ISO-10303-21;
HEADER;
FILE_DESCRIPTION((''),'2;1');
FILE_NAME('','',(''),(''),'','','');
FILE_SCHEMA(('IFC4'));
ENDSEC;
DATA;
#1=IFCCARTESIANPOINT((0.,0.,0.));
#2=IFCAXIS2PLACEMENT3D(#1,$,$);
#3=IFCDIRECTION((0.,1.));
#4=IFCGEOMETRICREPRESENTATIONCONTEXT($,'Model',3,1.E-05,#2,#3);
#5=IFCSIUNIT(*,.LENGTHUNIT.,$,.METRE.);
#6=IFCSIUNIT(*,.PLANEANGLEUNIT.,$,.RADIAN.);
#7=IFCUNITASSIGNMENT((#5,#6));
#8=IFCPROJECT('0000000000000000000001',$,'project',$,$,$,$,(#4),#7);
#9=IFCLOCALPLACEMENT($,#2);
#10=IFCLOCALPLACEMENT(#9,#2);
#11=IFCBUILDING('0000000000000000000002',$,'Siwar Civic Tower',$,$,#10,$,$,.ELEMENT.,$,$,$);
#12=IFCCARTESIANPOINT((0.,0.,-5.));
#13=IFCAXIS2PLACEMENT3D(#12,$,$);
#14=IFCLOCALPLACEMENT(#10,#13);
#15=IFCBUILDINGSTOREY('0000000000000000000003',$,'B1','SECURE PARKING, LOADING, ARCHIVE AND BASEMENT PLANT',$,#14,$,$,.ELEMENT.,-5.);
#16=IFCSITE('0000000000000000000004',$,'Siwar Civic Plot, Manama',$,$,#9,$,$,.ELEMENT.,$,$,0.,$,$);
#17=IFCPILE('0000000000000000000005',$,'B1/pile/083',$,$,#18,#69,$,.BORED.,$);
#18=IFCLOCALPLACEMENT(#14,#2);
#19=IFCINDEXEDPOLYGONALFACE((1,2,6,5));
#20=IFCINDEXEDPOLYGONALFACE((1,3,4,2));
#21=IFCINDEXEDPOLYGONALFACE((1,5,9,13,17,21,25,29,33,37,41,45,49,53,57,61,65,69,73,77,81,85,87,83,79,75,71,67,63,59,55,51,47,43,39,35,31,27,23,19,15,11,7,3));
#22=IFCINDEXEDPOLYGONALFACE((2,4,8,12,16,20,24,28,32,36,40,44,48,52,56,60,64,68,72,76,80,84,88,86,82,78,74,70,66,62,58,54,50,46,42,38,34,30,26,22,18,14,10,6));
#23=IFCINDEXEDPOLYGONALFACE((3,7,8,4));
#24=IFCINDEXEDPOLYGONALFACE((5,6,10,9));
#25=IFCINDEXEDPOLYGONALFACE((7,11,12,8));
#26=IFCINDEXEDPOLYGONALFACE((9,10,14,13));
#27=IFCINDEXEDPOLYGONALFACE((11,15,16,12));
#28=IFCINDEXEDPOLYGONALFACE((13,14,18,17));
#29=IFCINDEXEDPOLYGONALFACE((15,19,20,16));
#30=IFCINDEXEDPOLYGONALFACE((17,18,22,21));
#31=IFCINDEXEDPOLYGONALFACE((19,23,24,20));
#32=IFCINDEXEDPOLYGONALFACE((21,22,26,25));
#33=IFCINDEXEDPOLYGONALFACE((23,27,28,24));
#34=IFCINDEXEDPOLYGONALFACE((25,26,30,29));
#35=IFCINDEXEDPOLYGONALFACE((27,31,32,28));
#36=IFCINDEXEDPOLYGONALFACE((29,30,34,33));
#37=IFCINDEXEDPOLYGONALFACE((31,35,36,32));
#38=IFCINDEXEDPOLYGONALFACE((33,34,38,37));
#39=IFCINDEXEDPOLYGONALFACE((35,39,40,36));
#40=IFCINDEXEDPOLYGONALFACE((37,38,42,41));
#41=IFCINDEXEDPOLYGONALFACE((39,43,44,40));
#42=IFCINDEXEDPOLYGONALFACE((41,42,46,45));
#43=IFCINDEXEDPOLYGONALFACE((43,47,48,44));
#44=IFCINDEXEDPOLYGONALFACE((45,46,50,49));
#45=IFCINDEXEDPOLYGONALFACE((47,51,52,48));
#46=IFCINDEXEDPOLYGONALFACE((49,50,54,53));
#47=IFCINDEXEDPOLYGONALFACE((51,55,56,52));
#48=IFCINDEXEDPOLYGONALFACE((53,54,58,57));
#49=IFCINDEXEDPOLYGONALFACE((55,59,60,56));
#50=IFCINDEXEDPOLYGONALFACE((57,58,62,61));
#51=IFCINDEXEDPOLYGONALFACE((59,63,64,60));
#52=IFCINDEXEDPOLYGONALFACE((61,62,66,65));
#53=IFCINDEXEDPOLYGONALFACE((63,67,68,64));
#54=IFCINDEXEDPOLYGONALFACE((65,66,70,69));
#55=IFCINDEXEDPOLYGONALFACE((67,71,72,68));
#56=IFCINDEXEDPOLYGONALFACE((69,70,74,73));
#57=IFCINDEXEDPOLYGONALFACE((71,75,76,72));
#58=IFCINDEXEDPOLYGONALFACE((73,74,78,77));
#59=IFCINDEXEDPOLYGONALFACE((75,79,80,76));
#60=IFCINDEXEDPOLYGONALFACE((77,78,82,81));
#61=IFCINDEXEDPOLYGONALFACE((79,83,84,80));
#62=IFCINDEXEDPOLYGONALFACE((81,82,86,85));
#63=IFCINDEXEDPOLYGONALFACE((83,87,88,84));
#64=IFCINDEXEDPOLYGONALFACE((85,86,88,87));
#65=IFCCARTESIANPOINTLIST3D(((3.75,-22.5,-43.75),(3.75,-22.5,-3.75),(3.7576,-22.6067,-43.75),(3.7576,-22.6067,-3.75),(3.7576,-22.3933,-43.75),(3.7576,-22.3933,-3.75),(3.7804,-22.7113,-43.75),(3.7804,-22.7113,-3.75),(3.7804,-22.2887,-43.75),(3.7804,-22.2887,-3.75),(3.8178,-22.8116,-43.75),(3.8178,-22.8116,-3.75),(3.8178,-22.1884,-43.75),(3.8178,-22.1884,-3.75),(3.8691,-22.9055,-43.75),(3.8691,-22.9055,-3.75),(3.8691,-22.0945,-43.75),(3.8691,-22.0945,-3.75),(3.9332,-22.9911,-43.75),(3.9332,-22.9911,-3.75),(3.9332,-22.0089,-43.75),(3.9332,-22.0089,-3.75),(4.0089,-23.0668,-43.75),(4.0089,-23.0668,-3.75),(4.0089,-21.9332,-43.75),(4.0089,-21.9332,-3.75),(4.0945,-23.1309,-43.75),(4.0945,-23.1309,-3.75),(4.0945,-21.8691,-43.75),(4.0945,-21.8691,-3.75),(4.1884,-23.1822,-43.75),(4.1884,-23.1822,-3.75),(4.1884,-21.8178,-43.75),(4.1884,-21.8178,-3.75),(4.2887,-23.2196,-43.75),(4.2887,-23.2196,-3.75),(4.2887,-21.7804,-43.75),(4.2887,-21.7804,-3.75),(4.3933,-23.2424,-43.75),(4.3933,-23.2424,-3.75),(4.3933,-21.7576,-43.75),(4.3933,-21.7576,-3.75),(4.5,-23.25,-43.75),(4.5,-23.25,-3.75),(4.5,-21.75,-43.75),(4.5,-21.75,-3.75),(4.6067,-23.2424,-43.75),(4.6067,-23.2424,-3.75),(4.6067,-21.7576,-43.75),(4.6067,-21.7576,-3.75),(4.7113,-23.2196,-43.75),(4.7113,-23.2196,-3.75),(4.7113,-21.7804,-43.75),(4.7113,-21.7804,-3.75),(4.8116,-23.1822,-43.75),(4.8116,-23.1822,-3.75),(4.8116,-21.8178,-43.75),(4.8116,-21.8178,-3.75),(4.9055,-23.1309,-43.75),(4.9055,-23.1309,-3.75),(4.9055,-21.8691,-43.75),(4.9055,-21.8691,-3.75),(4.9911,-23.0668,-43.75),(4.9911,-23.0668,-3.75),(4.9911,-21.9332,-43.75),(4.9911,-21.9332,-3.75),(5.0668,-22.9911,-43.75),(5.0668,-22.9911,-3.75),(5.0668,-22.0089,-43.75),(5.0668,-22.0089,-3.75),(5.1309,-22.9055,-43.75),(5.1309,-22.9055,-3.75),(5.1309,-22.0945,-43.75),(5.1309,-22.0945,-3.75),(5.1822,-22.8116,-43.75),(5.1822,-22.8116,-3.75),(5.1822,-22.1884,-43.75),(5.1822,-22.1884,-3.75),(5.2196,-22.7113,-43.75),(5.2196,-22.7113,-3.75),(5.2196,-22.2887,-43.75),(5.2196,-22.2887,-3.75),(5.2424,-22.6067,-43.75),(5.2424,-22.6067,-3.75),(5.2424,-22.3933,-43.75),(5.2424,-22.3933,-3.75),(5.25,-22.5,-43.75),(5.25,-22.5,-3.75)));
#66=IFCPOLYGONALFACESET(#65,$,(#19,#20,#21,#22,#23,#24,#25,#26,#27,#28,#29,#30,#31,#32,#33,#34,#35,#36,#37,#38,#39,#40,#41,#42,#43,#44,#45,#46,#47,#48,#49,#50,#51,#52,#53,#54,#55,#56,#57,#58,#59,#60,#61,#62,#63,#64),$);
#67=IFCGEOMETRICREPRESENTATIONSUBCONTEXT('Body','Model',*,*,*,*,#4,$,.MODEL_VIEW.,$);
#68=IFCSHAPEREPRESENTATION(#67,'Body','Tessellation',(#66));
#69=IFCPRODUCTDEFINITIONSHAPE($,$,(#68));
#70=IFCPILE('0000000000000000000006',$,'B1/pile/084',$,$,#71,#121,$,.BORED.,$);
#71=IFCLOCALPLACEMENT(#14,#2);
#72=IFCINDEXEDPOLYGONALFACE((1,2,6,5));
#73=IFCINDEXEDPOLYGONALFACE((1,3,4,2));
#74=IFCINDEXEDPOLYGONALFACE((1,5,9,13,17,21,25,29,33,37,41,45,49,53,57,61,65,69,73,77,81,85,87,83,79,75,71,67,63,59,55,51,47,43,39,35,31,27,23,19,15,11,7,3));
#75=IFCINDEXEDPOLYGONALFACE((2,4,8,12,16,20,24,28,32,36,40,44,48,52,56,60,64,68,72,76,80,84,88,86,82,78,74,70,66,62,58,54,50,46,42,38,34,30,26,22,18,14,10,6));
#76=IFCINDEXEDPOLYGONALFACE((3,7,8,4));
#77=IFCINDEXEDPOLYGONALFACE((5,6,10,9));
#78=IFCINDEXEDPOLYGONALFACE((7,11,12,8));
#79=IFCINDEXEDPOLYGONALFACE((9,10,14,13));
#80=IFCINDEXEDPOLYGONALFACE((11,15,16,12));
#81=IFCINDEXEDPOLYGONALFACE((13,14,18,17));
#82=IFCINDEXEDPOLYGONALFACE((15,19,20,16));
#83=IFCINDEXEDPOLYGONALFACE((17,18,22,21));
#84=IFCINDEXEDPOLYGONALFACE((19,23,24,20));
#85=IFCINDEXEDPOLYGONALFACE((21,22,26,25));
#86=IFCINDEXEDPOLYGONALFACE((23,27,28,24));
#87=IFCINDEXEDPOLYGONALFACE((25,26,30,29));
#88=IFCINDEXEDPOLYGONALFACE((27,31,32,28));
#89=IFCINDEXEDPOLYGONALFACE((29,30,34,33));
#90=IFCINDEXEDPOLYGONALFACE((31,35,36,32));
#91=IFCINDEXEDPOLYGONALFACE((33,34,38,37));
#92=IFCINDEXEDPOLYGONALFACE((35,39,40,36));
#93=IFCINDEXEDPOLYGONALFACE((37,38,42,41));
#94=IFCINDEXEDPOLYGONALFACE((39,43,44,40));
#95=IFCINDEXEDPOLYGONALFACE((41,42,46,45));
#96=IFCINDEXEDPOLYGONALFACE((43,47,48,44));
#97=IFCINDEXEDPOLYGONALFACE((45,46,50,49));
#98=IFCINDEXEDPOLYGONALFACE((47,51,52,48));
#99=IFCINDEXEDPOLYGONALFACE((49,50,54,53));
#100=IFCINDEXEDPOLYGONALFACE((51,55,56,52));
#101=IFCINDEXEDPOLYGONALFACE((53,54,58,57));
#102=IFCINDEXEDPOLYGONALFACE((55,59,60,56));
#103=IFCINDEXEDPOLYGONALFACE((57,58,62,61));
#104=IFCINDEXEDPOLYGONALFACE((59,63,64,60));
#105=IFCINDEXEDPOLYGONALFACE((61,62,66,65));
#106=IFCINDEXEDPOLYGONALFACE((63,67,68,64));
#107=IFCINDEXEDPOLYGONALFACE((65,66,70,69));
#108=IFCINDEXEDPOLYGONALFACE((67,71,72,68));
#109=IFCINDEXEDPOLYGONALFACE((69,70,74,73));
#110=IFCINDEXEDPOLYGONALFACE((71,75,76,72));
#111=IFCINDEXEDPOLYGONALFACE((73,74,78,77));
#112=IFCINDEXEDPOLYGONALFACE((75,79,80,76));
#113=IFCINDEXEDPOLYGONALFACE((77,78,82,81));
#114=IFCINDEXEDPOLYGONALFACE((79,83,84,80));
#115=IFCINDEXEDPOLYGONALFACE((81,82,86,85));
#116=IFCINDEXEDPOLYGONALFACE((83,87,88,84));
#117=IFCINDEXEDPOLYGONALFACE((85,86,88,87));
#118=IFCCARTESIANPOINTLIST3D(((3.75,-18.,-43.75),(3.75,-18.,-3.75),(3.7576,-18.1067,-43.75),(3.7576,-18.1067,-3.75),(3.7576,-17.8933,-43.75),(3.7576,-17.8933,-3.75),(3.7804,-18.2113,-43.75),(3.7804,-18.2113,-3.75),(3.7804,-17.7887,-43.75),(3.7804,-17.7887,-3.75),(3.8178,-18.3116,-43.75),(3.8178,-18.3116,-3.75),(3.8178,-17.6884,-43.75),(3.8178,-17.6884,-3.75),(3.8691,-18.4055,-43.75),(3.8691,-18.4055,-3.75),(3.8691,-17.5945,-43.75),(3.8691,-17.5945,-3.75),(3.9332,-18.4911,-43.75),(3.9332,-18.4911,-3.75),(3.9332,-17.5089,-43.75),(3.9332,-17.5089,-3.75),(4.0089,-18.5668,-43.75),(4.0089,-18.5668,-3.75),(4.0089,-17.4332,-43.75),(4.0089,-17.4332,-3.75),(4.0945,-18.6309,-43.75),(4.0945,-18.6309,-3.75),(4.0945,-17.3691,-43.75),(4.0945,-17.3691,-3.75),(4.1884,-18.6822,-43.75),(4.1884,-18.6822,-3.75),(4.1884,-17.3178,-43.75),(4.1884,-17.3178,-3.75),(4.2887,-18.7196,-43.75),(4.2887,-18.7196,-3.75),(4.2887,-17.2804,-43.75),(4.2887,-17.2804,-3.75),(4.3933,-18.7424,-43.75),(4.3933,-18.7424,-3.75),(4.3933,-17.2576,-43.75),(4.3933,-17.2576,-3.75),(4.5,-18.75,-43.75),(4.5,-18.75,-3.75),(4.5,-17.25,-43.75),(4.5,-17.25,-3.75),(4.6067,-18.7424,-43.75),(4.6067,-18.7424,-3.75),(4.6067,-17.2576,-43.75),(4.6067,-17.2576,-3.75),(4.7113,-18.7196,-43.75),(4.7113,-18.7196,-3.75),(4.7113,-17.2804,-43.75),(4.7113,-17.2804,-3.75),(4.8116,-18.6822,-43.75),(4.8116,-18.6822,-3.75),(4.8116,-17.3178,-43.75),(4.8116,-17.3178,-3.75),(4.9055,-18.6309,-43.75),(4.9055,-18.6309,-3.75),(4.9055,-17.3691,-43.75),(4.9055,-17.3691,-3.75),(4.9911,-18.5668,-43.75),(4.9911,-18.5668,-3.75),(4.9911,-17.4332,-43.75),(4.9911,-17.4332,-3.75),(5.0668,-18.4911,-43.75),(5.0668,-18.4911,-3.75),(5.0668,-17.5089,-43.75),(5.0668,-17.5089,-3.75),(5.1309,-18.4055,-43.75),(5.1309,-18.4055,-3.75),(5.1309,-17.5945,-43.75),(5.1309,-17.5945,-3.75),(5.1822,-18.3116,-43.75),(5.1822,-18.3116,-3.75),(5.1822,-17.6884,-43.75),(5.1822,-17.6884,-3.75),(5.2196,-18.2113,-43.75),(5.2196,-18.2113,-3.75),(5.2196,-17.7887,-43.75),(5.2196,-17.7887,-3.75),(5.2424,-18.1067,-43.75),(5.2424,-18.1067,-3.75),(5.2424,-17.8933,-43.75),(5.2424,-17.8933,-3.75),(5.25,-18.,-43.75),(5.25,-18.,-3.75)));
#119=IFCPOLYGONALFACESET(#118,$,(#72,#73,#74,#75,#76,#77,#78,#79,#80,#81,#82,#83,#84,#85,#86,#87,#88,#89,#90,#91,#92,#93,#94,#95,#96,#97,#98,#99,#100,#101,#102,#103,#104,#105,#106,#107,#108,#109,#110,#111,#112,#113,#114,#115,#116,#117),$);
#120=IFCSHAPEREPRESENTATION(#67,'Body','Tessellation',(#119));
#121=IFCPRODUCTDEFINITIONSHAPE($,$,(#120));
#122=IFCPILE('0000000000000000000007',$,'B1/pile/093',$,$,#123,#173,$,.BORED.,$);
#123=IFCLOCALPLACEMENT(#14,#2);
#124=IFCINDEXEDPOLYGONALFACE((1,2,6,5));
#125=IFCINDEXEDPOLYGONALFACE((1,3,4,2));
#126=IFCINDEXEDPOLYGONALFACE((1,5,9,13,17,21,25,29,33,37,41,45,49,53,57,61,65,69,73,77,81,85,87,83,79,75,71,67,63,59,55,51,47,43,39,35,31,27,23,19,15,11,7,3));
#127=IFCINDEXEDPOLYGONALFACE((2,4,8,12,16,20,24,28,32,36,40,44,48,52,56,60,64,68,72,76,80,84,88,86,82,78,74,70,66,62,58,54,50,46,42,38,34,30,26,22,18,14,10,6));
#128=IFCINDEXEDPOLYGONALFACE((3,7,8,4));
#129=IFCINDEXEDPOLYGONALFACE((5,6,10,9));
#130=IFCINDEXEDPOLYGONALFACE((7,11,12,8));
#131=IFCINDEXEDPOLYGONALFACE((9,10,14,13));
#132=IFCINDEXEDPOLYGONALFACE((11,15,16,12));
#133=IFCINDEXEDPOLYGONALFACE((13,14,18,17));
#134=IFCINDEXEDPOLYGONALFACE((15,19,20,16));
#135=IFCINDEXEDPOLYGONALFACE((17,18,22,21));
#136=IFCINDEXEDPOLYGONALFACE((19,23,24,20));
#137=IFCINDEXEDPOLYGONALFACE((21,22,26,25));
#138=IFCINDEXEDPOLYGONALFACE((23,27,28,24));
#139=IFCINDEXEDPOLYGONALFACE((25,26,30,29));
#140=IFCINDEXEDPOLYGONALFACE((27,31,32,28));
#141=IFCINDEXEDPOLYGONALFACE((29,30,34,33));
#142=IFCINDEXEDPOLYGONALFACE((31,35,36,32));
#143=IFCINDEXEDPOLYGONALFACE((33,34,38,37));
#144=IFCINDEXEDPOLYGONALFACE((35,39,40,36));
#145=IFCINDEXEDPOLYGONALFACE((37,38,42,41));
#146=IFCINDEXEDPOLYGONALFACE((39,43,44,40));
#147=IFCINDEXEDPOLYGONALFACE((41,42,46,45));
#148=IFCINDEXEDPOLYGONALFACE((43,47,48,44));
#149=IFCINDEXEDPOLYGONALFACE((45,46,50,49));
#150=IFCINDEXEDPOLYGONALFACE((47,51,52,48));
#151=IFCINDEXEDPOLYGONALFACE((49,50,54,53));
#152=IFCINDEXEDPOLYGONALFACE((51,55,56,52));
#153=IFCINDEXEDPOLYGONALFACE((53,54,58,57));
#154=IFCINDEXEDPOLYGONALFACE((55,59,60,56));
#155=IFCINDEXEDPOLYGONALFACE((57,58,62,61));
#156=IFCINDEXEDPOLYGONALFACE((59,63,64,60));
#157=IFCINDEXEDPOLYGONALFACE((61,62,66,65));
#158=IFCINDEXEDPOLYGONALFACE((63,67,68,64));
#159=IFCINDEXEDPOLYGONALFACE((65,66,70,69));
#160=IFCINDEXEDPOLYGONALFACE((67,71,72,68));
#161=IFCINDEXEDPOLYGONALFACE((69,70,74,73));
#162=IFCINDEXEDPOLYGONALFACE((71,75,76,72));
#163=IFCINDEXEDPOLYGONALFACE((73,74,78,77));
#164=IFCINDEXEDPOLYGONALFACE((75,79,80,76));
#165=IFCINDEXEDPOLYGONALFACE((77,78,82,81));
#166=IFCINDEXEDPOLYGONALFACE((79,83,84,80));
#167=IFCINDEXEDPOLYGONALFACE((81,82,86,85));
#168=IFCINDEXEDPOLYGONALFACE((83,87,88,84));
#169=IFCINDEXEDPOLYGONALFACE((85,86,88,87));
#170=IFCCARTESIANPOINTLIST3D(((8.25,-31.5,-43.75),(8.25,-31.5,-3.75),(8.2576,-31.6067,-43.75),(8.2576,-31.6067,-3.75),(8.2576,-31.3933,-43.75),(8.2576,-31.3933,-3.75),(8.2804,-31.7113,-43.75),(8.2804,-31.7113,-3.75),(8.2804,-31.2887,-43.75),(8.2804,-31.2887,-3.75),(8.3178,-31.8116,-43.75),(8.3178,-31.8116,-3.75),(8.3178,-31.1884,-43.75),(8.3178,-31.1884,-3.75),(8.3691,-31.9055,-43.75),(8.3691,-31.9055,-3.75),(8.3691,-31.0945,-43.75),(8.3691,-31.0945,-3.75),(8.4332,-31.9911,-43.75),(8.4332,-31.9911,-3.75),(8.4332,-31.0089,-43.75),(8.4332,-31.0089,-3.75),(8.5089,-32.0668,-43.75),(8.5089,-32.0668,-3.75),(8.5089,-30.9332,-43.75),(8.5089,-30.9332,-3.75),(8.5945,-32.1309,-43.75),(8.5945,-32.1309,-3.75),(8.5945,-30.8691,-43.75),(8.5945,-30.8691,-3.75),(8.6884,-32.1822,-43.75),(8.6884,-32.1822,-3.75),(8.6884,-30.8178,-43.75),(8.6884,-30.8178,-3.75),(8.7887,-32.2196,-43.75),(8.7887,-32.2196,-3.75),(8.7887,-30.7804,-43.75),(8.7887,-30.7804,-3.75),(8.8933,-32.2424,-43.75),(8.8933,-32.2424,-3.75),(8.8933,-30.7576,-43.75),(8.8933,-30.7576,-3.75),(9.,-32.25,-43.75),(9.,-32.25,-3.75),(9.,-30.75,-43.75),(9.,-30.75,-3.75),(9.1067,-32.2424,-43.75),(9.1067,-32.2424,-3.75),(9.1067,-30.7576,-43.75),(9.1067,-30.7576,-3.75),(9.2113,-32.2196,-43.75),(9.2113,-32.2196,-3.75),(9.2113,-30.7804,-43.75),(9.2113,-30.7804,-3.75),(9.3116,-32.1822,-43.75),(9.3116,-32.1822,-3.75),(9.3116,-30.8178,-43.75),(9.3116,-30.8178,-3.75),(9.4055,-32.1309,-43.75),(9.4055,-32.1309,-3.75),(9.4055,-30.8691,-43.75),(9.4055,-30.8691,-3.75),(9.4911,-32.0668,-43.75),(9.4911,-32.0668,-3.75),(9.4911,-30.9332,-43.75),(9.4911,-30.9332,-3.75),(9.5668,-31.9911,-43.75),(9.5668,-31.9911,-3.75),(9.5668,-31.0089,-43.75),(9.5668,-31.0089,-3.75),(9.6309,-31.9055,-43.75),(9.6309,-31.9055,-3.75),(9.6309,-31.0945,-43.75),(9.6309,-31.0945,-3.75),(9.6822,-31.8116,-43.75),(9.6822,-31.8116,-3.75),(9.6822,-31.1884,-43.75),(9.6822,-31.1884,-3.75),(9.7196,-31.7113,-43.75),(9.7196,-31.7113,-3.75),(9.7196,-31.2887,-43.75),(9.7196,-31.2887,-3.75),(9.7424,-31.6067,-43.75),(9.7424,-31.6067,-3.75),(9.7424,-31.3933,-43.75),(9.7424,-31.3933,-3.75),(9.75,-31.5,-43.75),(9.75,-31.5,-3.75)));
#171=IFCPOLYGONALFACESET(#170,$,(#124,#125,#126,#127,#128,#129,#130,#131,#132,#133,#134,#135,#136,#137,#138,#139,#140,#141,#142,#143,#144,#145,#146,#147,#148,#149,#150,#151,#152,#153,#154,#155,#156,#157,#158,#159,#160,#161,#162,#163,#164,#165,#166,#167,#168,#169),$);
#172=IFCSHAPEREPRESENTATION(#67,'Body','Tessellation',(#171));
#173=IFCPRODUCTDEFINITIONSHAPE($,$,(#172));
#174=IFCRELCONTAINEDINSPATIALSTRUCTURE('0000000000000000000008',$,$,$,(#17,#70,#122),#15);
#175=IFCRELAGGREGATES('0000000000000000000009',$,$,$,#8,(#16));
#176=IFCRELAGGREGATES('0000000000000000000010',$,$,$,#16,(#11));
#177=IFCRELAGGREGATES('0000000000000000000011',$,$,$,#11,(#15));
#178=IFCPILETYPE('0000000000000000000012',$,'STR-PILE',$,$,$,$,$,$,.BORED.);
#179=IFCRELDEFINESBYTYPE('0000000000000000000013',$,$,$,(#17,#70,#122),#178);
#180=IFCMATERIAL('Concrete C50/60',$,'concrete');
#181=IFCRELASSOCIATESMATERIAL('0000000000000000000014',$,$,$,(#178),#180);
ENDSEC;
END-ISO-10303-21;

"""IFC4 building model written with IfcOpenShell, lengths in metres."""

from ifc_helpers import new_model, si_unit, direction, frame, origin, origin_2d, place, context, subcontext, project, spatial, circle, extrude, material, material_profile, profile_set, type_object, element, save


model = new_model("IFC4")

# Units and contexts
model_context = context("Model", 3, precision=1e-05, world=origin(), true_north=direction((0.0, 1.0)))
body_context = subcontext(model_context, "Body", "Model", "MODEL_VIEW")
ifc_project = project(units=[si_unit("LENGTHUNIT", "METRE"), si_unit("PLANEANGLEUNIT", "RADIAN")], contexts=[model_context])

# Site, building, storey
site_placement = place(None, origin())
site = spatial("IfcSite", under=ifc_project, at=site_placement, Name="Siwar Civic Plot, Manama", CompositionType="ELEMENT", RefElevation=0.0)
building_placement = place(site_placement, origin())
building = spatial("IfcBuilding", under=site, at=building_placement, Name="Siwar Civic Tower", CompositionType="ELEMENT")
storey_placement = place(building_placement, frame((0.0, 0.0, -5.0)))
storey = spatial("IfcBuildingStorey", under=building, at=storey_placement, Name="B1", Description="SECURE PARKING, LOADING, ARCHIVE AND BASEMENT PLANT", CompositionType="ELEMENT", Elevation=-5.0)

# Piles
ifc_material_1 = material(Name="Concrete C50/60", Category="concrete")
ifc_material_profile_1 = material_profile(ifc_material_1, circle(Radius=0.75, at=origin_2d()), Name="PILE1500")
ifc_profile_set_1 = profile_set([ifc_material_profile_1], Name="Concrete C50/60")
pile_type = type_object("IfcPileType", Name="STR-PILE", PredefinedType="BORED", material=ifc_profile_set_1)
for number, where, z_axis, x_axis, name in (
    (1, (4.5, -22.5, -3.75), (0.0, 0.0, -1.0), (1.0, 0.0, 0.0), "B1/pile/083"),
    (2, (4.5, -18.0, -3.75), (0.0, 0.0, -1.0), (1.0, 0.0, 0.0), "B1/pile/084"),
    (3, (9.0, -31.5, -3.75), (0.0, 0.0, -1.0), (1.0, 0.0, 0.0), "B1/pile/093"),
):
    element("IfcPile", number, at=place(storey_placement, frame(where, z_axis=z_axis, x_axis=x_axis)), inside=storey, type_object=pile_type, Name=name, PredefinedType="BORED", context=body_context, shape_type="SweptSolid", body=[
        extrude(circle(Radius=0.75, at=origin_2d()), origin(), (0.0, 0.0, 1.0), 40.0),
    ])

save(model, "model.ifc")
